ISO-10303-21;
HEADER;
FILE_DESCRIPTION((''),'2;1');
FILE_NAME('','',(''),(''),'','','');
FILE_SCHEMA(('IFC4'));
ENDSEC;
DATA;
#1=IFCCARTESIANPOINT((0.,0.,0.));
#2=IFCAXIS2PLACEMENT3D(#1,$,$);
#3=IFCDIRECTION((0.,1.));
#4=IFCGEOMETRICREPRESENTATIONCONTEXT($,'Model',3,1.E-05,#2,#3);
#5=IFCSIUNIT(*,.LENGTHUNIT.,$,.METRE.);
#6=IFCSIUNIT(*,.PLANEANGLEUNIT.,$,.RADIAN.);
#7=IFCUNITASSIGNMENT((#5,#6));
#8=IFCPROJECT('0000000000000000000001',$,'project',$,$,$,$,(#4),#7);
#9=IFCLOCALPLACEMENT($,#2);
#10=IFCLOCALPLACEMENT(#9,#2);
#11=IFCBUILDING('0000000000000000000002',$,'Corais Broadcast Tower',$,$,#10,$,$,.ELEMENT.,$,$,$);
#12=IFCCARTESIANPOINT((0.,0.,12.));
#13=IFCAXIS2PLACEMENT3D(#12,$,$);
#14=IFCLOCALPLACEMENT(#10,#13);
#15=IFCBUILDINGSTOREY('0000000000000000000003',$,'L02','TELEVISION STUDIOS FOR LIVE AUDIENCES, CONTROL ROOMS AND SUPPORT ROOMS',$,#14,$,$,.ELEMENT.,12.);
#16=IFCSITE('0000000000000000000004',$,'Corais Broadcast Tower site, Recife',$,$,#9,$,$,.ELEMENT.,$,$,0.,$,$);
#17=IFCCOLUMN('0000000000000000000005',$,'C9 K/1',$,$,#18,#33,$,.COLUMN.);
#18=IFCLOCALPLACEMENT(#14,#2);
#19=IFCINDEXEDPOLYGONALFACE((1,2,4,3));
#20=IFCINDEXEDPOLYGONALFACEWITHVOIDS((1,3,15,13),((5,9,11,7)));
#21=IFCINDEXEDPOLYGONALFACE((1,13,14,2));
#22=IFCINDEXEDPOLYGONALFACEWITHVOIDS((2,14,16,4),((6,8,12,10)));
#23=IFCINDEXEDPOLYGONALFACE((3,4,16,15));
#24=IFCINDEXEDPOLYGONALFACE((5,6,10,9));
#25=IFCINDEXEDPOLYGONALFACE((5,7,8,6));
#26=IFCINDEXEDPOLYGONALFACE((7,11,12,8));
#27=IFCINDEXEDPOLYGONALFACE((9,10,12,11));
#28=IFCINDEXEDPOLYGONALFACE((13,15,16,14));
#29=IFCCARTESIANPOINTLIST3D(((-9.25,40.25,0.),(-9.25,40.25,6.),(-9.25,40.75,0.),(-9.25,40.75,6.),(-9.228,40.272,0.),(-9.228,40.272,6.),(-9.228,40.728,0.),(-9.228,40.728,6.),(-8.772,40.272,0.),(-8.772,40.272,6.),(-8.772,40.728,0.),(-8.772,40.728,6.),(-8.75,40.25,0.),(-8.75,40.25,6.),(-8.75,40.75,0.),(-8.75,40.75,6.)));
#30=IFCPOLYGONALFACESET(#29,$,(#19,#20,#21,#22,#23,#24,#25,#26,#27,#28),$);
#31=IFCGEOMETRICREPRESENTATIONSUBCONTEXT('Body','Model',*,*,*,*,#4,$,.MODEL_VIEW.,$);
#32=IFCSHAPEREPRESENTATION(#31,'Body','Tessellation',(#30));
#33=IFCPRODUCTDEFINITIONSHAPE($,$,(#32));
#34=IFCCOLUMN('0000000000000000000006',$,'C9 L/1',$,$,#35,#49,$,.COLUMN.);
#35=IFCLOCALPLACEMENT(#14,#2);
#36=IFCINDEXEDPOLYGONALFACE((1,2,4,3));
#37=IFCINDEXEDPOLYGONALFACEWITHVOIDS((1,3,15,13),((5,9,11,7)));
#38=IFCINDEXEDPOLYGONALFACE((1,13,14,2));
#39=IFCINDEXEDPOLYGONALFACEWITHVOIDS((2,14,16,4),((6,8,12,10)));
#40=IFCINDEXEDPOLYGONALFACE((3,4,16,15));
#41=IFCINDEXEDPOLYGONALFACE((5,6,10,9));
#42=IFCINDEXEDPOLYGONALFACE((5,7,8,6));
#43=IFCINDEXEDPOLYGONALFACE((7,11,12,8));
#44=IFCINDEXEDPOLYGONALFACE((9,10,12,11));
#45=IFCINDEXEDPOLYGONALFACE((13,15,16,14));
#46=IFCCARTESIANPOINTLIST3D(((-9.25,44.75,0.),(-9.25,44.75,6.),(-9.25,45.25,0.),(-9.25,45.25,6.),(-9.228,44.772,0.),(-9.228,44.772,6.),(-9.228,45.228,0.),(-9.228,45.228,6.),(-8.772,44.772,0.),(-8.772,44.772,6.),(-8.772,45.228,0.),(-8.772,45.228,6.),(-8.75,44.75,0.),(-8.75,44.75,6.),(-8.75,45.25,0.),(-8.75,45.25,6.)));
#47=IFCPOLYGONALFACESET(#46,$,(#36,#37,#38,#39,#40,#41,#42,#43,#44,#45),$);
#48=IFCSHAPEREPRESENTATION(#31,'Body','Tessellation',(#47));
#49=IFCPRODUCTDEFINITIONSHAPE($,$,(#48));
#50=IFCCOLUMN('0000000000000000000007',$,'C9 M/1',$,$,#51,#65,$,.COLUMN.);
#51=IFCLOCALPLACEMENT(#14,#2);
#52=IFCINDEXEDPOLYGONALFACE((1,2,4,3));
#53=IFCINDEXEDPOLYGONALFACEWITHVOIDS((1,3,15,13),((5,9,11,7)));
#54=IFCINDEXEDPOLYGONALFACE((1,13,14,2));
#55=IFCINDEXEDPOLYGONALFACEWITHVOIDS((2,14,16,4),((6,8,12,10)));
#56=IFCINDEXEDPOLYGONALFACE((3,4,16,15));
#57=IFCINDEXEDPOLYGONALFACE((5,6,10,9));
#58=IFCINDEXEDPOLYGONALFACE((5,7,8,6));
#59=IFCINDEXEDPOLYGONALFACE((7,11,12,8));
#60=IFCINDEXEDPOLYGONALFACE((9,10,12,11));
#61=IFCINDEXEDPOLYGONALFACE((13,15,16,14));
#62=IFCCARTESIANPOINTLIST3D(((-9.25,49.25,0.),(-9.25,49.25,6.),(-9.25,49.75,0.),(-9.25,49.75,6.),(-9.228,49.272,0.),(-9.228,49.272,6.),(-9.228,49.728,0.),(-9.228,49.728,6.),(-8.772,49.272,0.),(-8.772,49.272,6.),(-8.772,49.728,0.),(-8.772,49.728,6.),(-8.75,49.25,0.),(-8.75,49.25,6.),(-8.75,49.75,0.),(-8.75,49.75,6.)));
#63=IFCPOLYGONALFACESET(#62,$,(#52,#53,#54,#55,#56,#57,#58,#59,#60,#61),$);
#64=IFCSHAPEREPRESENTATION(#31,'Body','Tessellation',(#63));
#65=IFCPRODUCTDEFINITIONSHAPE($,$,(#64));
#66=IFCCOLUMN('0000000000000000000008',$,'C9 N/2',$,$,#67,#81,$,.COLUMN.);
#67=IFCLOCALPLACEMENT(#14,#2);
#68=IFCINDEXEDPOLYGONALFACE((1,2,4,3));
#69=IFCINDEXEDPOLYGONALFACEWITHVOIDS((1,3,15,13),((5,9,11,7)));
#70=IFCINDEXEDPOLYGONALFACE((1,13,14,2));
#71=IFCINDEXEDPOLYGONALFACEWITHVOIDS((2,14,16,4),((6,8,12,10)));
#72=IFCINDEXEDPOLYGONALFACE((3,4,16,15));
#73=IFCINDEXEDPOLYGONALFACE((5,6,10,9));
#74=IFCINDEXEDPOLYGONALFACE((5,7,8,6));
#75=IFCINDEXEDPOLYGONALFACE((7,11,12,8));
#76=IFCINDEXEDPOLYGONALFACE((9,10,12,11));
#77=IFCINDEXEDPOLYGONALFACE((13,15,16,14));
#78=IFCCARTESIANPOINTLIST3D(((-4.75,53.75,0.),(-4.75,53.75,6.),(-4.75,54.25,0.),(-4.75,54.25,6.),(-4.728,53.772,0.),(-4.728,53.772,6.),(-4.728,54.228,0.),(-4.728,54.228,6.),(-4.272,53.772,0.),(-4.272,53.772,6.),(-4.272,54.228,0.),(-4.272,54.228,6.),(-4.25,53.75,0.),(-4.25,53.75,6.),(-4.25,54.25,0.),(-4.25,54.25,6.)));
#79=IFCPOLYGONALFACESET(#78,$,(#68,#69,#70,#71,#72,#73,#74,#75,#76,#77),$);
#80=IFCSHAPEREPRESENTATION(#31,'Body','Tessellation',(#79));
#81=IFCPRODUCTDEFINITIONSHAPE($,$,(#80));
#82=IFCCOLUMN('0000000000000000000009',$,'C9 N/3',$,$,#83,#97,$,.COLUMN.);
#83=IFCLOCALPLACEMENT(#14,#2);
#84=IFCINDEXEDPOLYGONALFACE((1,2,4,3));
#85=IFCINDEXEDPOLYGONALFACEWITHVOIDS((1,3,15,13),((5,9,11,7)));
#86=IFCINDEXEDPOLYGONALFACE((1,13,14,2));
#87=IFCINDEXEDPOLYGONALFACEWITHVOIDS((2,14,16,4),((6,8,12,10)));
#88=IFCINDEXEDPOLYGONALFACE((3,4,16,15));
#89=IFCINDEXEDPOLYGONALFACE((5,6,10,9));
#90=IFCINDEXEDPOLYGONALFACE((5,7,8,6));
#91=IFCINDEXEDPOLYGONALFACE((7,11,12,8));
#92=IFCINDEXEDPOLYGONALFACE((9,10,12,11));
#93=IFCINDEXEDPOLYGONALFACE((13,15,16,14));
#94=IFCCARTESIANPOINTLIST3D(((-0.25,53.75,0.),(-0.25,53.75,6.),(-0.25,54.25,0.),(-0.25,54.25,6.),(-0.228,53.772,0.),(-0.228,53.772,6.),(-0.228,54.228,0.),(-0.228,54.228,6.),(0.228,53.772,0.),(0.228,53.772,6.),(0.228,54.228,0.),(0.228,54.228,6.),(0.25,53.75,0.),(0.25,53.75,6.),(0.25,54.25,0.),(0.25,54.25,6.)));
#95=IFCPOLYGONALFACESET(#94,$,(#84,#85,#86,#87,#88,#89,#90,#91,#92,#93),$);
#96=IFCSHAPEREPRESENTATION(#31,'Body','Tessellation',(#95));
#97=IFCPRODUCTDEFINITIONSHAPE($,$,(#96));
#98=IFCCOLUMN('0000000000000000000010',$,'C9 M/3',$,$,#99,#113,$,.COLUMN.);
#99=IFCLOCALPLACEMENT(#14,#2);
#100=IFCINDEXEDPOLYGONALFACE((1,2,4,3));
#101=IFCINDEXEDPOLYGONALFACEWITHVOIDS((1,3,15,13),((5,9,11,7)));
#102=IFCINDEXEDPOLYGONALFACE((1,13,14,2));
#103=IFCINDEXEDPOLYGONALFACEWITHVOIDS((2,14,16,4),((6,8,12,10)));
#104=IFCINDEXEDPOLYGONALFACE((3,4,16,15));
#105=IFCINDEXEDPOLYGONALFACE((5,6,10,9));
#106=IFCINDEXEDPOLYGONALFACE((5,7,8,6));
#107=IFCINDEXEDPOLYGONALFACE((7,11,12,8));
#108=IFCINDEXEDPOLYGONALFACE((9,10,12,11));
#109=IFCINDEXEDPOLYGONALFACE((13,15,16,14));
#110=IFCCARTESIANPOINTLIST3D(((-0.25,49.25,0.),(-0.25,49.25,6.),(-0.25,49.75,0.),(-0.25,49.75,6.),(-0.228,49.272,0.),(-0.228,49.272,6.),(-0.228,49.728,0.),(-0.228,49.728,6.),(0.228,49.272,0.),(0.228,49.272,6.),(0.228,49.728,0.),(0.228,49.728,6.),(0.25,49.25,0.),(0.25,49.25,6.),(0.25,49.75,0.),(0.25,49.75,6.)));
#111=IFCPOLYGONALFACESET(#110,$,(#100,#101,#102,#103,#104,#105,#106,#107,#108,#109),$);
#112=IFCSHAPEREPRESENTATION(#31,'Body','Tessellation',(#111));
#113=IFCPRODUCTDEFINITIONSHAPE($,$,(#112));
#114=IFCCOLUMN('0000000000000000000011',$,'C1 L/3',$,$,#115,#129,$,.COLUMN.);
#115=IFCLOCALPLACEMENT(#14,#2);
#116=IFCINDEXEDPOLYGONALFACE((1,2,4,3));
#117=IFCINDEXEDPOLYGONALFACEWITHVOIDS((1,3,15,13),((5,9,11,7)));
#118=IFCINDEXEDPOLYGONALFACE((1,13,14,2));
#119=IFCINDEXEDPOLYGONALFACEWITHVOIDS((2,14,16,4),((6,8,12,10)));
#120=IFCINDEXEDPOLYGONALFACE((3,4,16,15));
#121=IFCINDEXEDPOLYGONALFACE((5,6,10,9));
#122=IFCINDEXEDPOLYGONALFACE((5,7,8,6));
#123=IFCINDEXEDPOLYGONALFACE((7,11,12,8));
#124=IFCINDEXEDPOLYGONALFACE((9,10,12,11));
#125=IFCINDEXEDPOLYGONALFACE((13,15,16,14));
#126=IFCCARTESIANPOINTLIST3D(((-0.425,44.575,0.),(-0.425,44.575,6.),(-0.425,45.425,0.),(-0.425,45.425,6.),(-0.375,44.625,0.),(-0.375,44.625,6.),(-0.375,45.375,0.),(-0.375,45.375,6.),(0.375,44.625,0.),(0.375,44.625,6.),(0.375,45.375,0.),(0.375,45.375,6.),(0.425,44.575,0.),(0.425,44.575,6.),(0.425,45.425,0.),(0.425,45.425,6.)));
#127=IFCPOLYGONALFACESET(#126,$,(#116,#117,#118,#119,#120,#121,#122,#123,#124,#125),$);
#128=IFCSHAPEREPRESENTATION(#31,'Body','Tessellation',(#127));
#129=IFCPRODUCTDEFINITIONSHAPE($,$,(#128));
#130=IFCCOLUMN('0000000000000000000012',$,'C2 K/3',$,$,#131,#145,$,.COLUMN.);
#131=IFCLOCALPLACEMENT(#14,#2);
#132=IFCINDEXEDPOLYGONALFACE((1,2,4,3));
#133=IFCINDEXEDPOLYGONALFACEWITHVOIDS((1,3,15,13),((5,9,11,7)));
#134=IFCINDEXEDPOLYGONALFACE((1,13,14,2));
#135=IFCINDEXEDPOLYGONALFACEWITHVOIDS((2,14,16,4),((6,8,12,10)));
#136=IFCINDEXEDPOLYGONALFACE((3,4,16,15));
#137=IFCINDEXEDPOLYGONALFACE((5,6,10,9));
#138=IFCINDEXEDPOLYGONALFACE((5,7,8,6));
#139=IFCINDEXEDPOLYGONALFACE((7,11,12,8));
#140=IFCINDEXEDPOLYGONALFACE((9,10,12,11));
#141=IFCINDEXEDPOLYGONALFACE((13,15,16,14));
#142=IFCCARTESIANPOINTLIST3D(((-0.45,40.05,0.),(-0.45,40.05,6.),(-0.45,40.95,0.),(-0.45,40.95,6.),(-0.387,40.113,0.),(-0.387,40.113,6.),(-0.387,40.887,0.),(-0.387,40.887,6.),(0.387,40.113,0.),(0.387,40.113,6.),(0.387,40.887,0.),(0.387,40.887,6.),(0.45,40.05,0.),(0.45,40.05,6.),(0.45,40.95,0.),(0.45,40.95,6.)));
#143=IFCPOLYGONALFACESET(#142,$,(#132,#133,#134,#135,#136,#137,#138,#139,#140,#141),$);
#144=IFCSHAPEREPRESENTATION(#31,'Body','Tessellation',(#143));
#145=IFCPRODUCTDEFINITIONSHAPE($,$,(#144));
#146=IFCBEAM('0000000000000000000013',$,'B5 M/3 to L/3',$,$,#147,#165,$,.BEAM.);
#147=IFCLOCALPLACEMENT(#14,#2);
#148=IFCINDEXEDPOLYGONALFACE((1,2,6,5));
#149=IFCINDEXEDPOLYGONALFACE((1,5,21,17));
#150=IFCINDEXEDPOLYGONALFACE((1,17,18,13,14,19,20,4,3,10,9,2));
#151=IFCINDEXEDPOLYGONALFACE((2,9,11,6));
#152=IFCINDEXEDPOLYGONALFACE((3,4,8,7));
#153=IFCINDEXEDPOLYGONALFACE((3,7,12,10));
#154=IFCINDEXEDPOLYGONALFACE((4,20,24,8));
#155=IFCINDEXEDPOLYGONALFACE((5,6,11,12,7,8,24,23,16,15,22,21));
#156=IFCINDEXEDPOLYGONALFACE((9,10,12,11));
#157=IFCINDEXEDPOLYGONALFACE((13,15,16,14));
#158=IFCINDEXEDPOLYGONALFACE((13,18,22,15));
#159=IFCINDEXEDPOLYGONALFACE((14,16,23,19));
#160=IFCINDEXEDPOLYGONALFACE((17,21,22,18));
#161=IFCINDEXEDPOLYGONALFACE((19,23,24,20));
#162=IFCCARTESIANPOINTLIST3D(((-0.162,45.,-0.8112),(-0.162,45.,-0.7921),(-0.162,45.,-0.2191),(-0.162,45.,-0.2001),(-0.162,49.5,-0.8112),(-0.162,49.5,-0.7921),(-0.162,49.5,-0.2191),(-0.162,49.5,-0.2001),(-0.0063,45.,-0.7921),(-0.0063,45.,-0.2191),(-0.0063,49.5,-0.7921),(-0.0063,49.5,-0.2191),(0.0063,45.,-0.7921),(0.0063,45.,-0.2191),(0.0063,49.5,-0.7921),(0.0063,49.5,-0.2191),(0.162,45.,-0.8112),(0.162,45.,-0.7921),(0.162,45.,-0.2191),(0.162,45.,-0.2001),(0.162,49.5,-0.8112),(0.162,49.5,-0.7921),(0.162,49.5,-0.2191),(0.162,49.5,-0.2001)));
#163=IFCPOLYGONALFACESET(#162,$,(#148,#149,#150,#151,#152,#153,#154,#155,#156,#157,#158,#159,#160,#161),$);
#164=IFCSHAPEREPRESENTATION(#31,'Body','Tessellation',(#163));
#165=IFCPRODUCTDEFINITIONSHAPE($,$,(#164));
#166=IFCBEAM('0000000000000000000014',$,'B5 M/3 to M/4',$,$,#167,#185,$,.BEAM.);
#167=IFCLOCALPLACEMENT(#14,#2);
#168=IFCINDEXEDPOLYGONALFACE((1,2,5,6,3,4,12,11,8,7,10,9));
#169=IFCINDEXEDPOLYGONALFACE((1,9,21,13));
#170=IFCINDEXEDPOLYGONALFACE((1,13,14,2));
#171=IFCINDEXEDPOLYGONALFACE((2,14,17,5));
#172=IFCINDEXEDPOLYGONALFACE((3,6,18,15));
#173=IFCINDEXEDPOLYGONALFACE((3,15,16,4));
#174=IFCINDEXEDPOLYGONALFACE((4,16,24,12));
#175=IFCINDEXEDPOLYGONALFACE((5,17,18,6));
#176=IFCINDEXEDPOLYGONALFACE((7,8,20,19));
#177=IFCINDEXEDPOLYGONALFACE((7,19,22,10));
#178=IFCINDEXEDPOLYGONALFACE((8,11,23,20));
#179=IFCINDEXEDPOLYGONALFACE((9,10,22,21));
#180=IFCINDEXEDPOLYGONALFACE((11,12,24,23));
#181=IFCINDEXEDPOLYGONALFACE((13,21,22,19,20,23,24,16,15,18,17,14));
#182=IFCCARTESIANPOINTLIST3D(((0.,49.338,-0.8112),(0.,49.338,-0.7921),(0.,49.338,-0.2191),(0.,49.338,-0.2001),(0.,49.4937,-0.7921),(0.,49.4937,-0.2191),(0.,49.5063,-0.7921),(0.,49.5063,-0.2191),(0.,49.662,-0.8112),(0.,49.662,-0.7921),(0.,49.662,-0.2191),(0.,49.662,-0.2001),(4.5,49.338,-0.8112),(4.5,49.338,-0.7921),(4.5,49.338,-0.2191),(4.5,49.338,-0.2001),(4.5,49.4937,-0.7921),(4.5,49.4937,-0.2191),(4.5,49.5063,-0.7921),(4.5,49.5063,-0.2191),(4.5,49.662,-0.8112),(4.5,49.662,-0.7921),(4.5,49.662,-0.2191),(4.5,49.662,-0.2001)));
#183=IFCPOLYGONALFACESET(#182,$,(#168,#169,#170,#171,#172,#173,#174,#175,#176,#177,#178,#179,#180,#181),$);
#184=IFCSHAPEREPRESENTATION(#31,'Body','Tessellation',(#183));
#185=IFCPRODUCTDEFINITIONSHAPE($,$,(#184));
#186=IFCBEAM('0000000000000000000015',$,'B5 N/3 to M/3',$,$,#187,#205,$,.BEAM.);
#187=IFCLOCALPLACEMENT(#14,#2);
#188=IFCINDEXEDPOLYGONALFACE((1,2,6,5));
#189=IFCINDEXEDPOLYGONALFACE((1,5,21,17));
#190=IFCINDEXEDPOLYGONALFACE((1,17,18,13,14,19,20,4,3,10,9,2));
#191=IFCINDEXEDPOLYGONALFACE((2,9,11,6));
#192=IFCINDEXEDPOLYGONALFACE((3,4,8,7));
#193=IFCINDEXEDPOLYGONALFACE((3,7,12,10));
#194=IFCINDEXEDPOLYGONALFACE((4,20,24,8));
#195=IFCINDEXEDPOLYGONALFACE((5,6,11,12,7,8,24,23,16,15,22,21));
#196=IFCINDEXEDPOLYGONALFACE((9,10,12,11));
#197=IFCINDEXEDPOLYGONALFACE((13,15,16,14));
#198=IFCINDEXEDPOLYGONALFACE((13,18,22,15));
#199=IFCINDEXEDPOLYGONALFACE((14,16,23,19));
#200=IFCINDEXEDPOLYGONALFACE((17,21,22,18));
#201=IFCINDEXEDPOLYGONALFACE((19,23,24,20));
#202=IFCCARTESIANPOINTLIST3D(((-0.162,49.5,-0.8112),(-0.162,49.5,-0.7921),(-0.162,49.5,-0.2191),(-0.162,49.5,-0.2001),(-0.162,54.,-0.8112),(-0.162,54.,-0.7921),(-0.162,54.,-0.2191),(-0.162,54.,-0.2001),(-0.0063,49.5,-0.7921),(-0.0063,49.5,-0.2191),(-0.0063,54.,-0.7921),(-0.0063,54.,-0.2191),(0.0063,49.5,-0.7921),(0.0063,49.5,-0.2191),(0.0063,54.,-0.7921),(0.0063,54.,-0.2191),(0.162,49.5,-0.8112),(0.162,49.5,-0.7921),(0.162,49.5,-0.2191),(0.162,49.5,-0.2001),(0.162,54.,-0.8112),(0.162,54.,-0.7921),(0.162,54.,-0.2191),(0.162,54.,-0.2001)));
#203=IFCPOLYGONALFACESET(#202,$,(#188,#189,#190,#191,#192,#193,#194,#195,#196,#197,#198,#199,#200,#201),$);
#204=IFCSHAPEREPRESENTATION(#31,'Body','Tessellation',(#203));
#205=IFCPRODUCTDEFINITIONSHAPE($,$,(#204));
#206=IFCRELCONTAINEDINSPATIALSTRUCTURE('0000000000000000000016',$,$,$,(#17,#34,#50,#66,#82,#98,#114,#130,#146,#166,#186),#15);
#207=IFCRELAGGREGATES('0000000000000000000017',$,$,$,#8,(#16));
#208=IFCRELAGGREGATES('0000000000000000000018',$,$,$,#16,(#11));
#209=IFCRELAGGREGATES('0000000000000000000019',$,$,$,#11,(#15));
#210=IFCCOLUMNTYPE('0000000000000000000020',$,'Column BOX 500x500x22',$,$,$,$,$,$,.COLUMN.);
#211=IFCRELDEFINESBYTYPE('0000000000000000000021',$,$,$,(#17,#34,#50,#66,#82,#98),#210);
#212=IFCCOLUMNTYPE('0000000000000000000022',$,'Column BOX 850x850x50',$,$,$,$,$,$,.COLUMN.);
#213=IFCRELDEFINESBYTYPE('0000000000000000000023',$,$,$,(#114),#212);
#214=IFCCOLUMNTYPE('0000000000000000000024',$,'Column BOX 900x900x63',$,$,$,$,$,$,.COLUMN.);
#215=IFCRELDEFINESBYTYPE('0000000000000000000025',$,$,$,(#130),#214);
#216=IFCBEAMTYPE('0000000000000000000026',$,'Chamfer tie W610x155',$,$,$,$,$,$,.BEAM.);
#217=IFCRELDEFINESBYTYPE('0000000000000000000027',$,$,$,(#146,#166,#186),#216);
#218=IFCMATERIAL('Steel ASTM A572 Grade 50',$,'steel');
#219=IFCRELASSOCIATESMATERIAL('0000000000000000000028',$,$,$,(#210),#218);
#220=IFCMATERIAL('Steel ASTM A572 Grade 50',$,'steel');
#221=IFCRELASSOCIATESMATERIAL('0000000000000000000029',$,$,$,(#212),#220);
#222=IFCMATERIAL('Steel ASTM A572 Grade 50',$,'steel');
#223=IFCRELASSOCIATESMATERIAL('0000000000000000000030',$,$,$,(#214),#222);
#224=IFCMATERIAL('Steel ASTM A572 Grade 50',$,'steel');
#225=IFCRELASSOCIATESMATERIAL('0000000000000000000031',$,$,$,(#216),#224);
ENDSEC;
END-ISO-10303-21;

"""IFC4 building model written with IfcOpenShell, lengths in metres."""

from ifc_helpers import new_model, si_unit, direction, frame, origin, origin_2d, place, context, subcontext, project, spatial, hollow_rectangle, i_section, extrude, material, material_profile, profile_set, type_object, element, save


model = new_model("IFC4")

# Units and contexts
model_context = context("Model", 3, precision=1e-05, world=origin(), true_north=direction((0.0, 1.0)))
body_context = subcontext(model_context, "Body", "Model", "MODEL_VIEW")
ifc_project = project(units=[si_unit("LENGTHUNIT", "METRE"), si_unit("PLANEANGLEUNIT", "RADIAN")], contexts=[model_context])

# Site, building, storey
site_placement = place(None, origin())
site = spatial("IfcSite", under=ifc_project, at=site_placement, Name="Corais Broadcast Tower site, Recife", CompositionType="ELEMENT", RefElevation=0.0)
building_placement = place(site_placement, origin())
building = spatial("IfcBuilding", under=site, at=building_placement, Name="Corais Broadcast Tower", CompositionType="ELEMENT")
storey_placement = place(building_placement, frame((0.0, 0.0, 12.0)))
storey = spatial("IfcBuildingStorey", under=building, at=storey_placement, Name="L02", Description="TELEVISION STUDIOS FOR LIVE AUDIENCES, CONTROL ROOMS AND SUPPORT ROOMS", CompositionType="ELEMENT", Elevation=12.0)

# Columns
ifc_material_1 = material(Name="Steel ASTM A572 Grade 50", Category="steel")
ifc_material_profile_1 = material_profile(ifc_material_1, hollow_rectangle(XDim=0.5, YDim=0.5, WallThickness=0.022, at=origin_2d()), Name="BOX 500x500x22")
ifc_profile_set_1 = profile_set([ifc_material_profile_1], Name="Steel ASTM A572 Grade 50")
column_type_1 = type_object("IfcColumnType", Name="Column BOX 500x500x22", PredefinedType="COLUMN", material=ifc_profile_set_1)
for number, where, z_axis, x_axis, name in (
    (1, (-9.0, 40.5, 0.0), (0.0, 0.0, 1.0), (1.0, 0.0, 0.0), "C9 K/1"),
    (2, (-9.0, 45.0, 0.0), (0.0, 0.0, 1.0), (1.0, 0.0, 0.0), "C9 L/1"),
    (3, (-9.0, 49.5, 0.0), (0.0, 0.0, 1.0), (1.0, 0.0, 0.0), "C9 M/1"),
    (4, (-4.5, 54.0, 0.0), (0.0, 0.0, 1.0), (1.0, 0.0, 0.0), "C9 N/2"),
    (5, (0.0, 54.0, 0.0), (0.0, 0.0, 1.0), (1.0, 0.0, 0.0), "C9 N/3"),
    (6, (0.0, 49.5, 0.0), (0.0, 0.0, 1.0), (1.0, 0.0, 0.0), "C9 M/3"),
):
    element("IfcColumn", number, at=place(storey_placement, frame(where, z_axis=z_axis, x_axis=x_axis)), inside=storey, type_object=column_type_1, Name=name, PredefinedType="COLUMN", context=body_context, shape_type="SweptSolid", body=[
        extrude(hollow_rectangle(XDim=0.5, YDim=0.5, WallThickness=0.022, at=origin_2d()), origin(), (0.0, 0.0, 1.0), 6.0),
    ])
ifc_material_2 = material(Name="Steel ASTM A572 Grade 50", Category="steel")
ifc_material_profile_2 = material_profile(ifc_material_2, hollow_rectangle(XDim=0.8501, YDim=0.8501, WallThickness=0.05, at=origin_2d()), Name="BOX 850x850x50")
ifc_profile_set_2 = profile_set([ifc_material_profile_2], Name="Steel ASTM A572 Grade 50")
column_type_2 = type_object("IfcColumnType", Name="Column BOX 850x850x50", PredefinedType="COLUMN", material=ifc_profile_set_2)
column_1_placement = place(storey_placement, frame((0.0, 45.0, 0.0), z_axis=(0.0, 0.0, 1.0), x_axis=(1.0, 0.0, 0.0)))
element("IfcColumn", 7, at=column_1_placement, inside=storey, type_object=column_type_2, Name="C1 L/3", PredefinedType="COLUMN", context=body_context, shape_type="SweptSolid", body=[
    extrude(hollow_rectangle(XDim=0.8501, YDim=0.8501, WallThickness=0.05, at=origin_2d()), origin(), (0.0, 0.0, 1.0), 6.0),
])
ifc_material_3 = material(Name="Steel ASTM A572 Grade 50", Category="steel")
ifc_material_profile_3 = material_profile(ifc_material_3, hollow_rectangle(XDim=0.8999, YDim=0.8999, WallThickness=0.063, at=origin_2d()), Name="BOX 900x900x63")
ifc_profile_set_3 = profile_set([ifc_material_profile_3], Name="Steel ASTM A572 Grade 50")
column_type_3 = type_object("IfcColumnType", Name="Column BOX 900x900x63", PredefinedType="COLUMN", material=ifc_profile_set_3)
column_2_placement = place(storey_placement, frame((0.0, 40.5, 0.0), z_axis=(0.0, 0.0, 1.0), x_axis=(1.0, 0.0, 0.0)))
element("IfcColumn", 8, at=column_2_placement, inside=storey, type_object=column_type_3, Name="C2 K/3", PredefinedType="COLUMN", context=body_context, shape_type="SweptSolid", body=[
    extrude(hollow_rectangle(XDim=0.8999, YDim=0.8999, WallThickness=0.063, at=origin_2d()), origin(), (0.0, 0.0, 1.0), 6.0),
])

# Beams
ifc_material_4 = material(Name="Steel ASTM A572 Grade 50", Category="steel")
ifc_material_profile_4 = material_profile(ifc_material_4, i_section(OverallWidth=0.324, OverallDepth=0.6111, WebThickness=0.0127, FlangeThickness=0.019, at=origin_2d()), Name="W610x155")
ifc_profile_set_4 = profile_set([ifc_material_profile_4], Name="Steel ASTM A572 Grade 50")
beam_type_1 = type_object("IfcBeamType", Name="Chamfer tie W610x155", PredefinedType="BEAM", material=ifc_profile_set_4)
for number, where, z_axis, x_axis, name in (
    (9, (0.0, 49.5, -0.5056), (0.0, -1.0, 0.0), (1.0, 0.0, 0.0), "B5 M/3 to L/3"),
    (10, (0.0, 49.5, -0.5056), (1.0, 0.0, 0.0), (0.0, 1.0, 0.0), "B5 M/3 to M/4"),
    (11, (0.0, 54.0, -0.5056), (0.0, -1.0, 0.0), (1.0, 0.0, 0.0), "B5 N/3 to M/3"),
):
    element("IfcBeam", number, at=place(storey_placement, frame(where, z_axis=z_axis, x_axis=x_axis)), inside=storey, type_object=beam_type_1, Name=name, PredefinedType="BEAM", context=body_context, shape_type="SweptSolid", body=[
        extrude(i_section(OverallWidth=0.324, OverallDepth=0.6111, WebThickness=0.0127, FlangeThickness=0.019, at=origin_2d()), origin(), (0.0, 0.0, 1.0), 4.5),
    ])

save(model, "model.ifc")
